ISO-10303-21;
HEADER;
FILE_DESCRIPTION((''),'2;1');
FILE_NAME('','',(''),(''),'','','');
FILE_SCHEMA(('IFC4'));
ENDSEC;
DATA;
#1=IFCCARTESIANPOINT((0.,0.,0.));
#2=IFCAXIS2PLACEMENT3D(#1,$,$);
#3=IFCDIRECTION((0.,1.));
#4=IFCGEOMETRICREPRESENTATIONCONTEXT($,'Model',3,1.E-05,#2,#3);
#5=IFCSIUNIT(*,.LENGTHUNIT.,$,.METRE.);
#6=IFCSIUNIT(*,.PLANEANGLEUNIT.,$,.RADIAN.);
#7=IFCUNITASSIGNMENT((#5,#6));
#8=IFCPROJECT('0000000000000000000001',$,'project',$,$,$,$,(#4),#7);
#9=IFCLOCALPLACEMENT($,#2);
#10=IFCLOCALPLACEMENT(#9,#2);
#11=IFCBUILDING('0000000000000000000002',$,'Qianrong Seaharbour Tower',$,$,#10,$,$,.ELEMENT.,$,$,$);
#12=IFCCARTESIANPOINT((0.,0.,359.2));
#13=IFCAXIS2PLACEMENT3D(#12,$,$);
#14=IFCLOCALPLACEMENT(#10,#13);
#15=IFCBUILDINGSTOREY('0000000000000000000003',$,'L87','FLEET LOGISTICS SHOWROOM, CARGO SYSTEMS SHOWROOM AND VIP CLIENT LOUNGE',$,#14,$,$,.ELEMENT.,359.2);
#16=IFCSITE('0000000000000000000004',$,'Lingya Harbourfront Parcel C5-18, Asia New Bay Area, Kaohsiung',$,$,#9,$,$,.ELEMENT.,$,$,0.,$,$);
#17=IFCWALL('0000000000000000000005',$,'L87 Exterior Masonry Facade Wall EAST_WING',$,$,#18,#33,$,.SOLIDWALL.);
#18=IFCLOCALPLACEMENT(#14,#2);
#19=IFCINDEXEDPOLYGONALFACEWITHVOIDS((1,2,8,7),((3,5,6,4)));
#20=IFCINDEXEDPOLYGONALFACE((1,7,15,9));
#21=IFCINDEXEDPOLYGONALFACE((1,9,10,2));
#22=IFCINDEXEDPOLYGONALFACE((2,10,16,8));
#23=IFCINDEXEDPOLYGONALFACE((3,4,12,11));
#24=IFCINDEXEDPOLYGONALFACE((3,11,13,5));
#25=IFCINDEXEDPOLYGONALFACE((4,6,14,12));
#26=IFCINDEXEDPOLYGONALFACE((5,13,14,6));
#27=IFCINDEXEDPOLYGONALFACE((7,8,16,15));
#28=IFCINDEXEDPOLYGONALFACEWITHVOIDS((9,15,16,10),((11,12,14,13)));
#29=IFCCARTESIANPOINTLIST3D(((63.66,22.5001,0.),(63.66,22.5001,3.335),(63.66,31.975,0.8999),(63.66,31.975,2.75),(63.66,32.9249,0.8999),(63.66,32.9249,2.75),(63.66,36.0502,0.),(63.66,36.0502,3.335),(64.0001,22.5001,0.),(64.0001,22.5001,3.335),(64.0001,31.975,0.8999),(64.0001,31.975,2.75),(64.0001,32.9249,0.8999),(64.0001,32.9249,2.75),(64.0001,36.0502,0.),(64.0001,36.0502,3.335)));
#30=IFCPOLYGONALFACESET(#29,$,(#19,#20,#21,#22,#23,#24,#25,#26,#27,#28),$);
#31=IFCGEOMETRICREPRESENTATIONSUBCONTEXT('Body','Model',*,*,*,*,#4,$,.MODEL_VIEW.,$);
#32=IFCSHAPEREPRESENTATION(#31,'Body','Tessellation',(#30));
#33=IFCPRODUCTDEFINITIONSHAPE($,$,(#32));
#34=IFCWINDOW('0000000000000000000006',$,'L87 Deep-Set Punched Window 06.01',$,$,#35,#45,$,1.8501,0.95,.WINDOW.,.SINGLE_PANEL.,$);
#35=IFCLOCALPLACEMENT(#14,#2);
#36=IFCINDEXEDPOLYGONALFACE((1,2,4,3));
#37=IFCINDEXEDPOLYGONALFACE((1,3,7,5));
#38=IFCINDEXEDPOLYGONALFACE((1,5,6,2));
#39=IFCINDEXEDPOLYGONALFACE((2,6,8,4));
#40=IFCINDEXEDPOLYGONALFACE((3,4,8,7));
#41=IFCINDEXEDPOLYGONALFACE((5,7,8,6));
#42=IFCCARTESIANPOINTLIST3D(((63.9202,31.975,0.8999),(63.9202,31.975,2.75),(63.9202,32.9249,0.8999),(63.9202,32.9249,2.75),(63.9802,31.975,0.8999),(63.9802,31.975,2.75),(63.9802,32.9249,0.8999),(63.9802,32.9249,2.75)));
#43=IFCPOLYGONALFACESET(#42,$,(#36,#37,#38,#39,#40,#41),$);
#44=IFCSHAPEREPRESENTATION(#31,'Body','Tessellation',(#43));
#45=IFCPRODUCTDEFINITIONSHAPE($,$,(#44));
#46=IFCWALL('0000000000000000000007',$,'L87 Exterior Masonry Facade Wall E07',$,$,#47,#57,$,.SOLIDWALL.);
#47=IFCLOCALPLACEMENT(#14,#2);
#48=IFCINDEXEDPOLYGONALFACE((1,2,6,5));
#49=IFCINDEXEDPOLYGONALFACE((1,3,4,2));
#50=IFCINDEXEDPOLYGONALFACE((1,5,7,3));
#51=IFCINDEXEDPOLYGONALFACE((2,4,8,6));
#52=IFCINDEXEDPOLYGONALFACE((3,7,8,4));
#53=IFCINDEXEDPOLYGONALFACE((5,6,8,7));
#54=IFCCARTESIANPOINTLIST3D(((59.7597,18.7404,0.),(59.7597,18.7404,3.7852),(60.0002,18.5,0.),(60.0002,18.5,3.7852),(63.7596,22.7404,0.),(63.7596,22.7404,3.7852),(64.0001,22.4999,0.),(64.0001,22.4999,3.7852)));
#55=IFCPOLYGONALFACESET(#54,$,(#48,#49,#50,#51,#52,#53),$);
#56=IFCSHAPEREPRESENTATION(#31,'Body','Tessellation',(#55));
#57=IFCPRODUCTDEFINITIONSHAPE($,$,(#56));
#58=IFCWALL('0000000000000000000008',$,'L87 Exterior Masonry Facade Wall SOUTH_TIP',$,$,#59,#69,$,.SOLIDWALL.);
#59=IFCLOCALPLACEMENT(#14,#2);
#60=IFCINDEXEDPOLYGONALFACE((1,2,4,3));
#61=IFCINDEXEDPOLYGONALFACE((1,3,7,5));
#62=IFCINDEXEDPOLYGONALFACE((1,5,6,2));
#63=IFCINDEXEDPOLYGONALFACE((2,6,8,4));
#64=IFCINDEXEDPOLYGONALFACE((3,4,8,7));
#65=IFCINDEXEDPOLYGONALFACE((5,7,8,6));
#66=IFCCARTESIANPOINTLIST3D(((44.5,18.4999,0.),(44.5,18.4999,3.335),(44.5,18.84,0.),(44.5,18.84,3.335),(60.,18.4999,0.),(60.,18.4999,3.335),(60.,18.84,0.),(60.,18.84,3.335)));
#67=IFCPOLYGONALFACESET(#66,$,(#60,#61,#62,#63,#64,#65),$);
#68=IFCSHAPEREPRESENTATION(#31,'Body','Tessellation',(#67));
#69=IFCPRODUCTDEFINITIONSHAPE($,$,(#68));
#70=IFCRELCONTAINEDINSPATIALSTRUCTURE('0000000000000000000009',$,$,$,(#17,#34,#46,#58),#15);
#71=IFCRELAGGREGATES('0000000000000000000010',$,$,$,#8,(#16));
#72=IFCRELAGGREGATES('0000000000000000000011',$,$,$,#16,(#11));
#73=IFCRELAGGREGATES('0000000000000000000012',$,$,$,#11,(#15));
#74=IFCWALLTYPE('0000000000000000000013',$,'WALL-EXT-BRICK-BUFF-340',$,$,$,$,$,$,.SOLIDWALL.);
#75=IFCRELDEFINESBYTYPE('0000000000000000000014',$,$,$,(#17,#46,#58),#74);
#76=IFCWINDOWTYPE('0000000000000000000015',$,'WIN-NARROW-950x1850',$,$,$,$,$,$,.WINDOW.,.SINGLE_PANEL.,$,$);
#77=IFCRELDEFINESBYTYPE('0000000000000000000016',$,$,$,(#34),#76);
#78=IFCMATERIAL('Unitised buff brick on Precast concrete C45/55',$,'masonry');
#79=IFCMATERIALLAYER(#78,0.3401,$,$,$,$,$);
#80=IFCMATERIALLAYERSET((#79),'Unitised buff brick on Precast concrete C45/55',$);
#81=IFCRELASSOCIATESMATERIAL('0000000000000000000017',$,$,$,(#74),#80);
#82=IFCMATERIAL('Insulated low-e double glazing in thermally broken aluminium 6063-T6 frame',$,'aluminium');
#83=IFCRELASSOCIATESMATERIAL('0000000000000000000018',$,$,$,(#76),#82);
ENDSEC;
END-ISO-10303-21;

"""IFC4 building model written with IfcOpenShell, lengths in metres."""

from ifc_helpers import new_model, si_unit, direction, frame, frame_2d, origin, place, context, subcontext, project, spatial, rectangle, extrude, material, layer, layer_set, type_object, element, fill, save


model = new_model("IFC4")

# Units and contexts
model_context = context("Model", 3, precision=1e-05, world=origin(), true_north=direction((0.0, 1.0)))
body_context = subcontext(model_context, "Body", "Model", "MODEL_VIEW")
ifc_project = project(units=[si_unit("LENGTHUNIT", "METRE"), si_unit("PLANEANGLEUNIT", "RADIAN")], contexts=[model_context])

# Site, building, storey
site_placement = place(None, origin())
site = spatial("IfcSite", under=ifc_project, at=site_placement, Name="Lingya Harbourfront Parcel C5-18, Asia New Bay Area, Kaohsiung", CompositionType="ELEMENT", RefElevation=0.0)
building_placement = place(site_placement, origin())
building = spatial("IfcBuilding", under=site, at=building_placement, Name="Qianrong Seaharbour Tower", CompositionType="ELEMENT")
storey_placement = place(building_placement, frame((0.0, 0.0, 359.2)))
storey = spatial("IfcBuildingStorey", under=building, at=storey_placement, Name="L87", Description="FLEET LOGISTICS SHOWROOM, CARGO SYSTEMS SHOWROOM AND VIP CLIENT LOUNGE", CompositionType="ELEMENT", Elevation=359.2)

# Wall, opening, window
ifc_material_1 = material(Name="Unitised buff brick on Precast concrete C45/55", Category="masonry")
ifc_layer_1 = layer(ifc_material_1, 0.3401)
ifc_layer_set_1 = layer_set([ifc_layer_1], Name="Unitised buff brick on Precast concrete C45/55")
wall_type_1 = type_object("IfcWallType", Name="WALL-EXT-BRICK-BUFF-340", PredefinedType="SOLIDWALL", material=ifc_layer_set_1)
wall_1_placement = place(storey_placement, frame((63.8301, 36.05, 0.0), z_axis=(0.0, 0.0, 1.0), x_axis=(0.0, -1.0, 0.0)))
wall_1 = element("IfcWall", 1, at=wall_1_placement, inside=storey, type_object=wall_type_1, Name="L87 Exterior Masonry Facade Wall EAST_WING", PredefinedType="SOLIDWALL", context=body_context, shape_type="SweptSolid", body=[
    extrude(rectangle(XDim=13.55, YDim=0.3401, at=frame_2d((6.7749, 0.0))), origin(), (0.0, 0.0, 1.0), 3.335),
])
opening_1_placement = place(wall_1_placement, frame((3.125, 0.0, 0.8999)))
opening_1 = element("IfcOpeningElement", 2, at=opening_1_placement, cuts=wall_1, PredefinedType="OPENING", context=body_context, shape_type="SweptSolid", body=[
    extrude(rectangle(XDim=0.95, YDim=1.8501, at=frame_2d((0.4751, 0.925))), frame((0.0, 0.1802, 0.0), z_axis=(0.0, -1.0, 0.0), x_axis=(1.0, 0.0, 0.0)), (0.0, 0.0, 1.0), 0.3601),
])
ifc_material_2 = material(Name="Insulated low-e double glazing in thermally broken aluminium 6063-T6 frame", Category="aluminium")
window_type = type_object("IfcWindowType", Name="WIN-NARROW-950x1850", PartitioningType="SINGLE_PANEL", PredefinedType="WINDOW", material=ifc_material_2)
window_placement = place(opening_1_placement, origin())
window = element("IfcWindow", 3, at=window_placement, inside=storey, type_object=window_type, Name="L87 Deep-Set Punched Window 06.01", OverallHeight=1.8501, OverallWidth=0.95, PartitioningType="SINGLE_PANEL", PredefinedType="WINDOW", context=body_context, shape_type="SweptSolid", body=[
    extrude(rectangle(XDim=0.95, YDim=1.8501, at=frame_2d((0.4751, 0.925))), frame((0.0, 0.1501, 0.0), z_axis=(0.0, -1.0, 0.0), x_axis=(1.0, 0.0, 0.0)), (0.0, 0.0, 1.0), 0.0601),
])
fill(opening_1, window)

# Walls
wall_2_placement = place(storey_placement, frame((63.8799, 22.6201, 0.0), z_axis=(0.0, 0.0, 1.0), x_axis=(-0.707107, -0.707107, 0.0)))
element("IfcWall", 4, at=wall_2_placement, inside=storey, type_object=wall_type_1, Name="L87 Exterior Masonry Facade Wall E07", PredefinedType="SOLIDWALL", context=body_context, shape_type="SweptSolid", body=[
    extrude(rectangle(XDim=5.6567, YDim=0.3401, at=frame_2d((2.8284, 0.0))), origin(), (0.0, 0.0, 1.0), 3.7852),
])
wall_3_placement = place(storey_placement, frame((60.0, 18.6699, 0.0), z_axis=(0.0, 0.0, 1.0), x_axis=(-1.0, 0.0, 0.0)))
element("IfcWall", 5, at=wall_3_placement, inside=storey, type_object=wall_type_1, Name="L87 Exterior Masonry Facade Wall SOUTH_TIP", PredefinedType="SOLIDWALL", context=body_context, shape_type="SweptSolid", body=[
    extrude(rectangle(XDim=15.5, YDim=0.3401, at=frame_2d((7.75, 0.0))), origin(), (0.0, 0.0, 1.0), 3.335),
])

save(model, "model.ifc")
